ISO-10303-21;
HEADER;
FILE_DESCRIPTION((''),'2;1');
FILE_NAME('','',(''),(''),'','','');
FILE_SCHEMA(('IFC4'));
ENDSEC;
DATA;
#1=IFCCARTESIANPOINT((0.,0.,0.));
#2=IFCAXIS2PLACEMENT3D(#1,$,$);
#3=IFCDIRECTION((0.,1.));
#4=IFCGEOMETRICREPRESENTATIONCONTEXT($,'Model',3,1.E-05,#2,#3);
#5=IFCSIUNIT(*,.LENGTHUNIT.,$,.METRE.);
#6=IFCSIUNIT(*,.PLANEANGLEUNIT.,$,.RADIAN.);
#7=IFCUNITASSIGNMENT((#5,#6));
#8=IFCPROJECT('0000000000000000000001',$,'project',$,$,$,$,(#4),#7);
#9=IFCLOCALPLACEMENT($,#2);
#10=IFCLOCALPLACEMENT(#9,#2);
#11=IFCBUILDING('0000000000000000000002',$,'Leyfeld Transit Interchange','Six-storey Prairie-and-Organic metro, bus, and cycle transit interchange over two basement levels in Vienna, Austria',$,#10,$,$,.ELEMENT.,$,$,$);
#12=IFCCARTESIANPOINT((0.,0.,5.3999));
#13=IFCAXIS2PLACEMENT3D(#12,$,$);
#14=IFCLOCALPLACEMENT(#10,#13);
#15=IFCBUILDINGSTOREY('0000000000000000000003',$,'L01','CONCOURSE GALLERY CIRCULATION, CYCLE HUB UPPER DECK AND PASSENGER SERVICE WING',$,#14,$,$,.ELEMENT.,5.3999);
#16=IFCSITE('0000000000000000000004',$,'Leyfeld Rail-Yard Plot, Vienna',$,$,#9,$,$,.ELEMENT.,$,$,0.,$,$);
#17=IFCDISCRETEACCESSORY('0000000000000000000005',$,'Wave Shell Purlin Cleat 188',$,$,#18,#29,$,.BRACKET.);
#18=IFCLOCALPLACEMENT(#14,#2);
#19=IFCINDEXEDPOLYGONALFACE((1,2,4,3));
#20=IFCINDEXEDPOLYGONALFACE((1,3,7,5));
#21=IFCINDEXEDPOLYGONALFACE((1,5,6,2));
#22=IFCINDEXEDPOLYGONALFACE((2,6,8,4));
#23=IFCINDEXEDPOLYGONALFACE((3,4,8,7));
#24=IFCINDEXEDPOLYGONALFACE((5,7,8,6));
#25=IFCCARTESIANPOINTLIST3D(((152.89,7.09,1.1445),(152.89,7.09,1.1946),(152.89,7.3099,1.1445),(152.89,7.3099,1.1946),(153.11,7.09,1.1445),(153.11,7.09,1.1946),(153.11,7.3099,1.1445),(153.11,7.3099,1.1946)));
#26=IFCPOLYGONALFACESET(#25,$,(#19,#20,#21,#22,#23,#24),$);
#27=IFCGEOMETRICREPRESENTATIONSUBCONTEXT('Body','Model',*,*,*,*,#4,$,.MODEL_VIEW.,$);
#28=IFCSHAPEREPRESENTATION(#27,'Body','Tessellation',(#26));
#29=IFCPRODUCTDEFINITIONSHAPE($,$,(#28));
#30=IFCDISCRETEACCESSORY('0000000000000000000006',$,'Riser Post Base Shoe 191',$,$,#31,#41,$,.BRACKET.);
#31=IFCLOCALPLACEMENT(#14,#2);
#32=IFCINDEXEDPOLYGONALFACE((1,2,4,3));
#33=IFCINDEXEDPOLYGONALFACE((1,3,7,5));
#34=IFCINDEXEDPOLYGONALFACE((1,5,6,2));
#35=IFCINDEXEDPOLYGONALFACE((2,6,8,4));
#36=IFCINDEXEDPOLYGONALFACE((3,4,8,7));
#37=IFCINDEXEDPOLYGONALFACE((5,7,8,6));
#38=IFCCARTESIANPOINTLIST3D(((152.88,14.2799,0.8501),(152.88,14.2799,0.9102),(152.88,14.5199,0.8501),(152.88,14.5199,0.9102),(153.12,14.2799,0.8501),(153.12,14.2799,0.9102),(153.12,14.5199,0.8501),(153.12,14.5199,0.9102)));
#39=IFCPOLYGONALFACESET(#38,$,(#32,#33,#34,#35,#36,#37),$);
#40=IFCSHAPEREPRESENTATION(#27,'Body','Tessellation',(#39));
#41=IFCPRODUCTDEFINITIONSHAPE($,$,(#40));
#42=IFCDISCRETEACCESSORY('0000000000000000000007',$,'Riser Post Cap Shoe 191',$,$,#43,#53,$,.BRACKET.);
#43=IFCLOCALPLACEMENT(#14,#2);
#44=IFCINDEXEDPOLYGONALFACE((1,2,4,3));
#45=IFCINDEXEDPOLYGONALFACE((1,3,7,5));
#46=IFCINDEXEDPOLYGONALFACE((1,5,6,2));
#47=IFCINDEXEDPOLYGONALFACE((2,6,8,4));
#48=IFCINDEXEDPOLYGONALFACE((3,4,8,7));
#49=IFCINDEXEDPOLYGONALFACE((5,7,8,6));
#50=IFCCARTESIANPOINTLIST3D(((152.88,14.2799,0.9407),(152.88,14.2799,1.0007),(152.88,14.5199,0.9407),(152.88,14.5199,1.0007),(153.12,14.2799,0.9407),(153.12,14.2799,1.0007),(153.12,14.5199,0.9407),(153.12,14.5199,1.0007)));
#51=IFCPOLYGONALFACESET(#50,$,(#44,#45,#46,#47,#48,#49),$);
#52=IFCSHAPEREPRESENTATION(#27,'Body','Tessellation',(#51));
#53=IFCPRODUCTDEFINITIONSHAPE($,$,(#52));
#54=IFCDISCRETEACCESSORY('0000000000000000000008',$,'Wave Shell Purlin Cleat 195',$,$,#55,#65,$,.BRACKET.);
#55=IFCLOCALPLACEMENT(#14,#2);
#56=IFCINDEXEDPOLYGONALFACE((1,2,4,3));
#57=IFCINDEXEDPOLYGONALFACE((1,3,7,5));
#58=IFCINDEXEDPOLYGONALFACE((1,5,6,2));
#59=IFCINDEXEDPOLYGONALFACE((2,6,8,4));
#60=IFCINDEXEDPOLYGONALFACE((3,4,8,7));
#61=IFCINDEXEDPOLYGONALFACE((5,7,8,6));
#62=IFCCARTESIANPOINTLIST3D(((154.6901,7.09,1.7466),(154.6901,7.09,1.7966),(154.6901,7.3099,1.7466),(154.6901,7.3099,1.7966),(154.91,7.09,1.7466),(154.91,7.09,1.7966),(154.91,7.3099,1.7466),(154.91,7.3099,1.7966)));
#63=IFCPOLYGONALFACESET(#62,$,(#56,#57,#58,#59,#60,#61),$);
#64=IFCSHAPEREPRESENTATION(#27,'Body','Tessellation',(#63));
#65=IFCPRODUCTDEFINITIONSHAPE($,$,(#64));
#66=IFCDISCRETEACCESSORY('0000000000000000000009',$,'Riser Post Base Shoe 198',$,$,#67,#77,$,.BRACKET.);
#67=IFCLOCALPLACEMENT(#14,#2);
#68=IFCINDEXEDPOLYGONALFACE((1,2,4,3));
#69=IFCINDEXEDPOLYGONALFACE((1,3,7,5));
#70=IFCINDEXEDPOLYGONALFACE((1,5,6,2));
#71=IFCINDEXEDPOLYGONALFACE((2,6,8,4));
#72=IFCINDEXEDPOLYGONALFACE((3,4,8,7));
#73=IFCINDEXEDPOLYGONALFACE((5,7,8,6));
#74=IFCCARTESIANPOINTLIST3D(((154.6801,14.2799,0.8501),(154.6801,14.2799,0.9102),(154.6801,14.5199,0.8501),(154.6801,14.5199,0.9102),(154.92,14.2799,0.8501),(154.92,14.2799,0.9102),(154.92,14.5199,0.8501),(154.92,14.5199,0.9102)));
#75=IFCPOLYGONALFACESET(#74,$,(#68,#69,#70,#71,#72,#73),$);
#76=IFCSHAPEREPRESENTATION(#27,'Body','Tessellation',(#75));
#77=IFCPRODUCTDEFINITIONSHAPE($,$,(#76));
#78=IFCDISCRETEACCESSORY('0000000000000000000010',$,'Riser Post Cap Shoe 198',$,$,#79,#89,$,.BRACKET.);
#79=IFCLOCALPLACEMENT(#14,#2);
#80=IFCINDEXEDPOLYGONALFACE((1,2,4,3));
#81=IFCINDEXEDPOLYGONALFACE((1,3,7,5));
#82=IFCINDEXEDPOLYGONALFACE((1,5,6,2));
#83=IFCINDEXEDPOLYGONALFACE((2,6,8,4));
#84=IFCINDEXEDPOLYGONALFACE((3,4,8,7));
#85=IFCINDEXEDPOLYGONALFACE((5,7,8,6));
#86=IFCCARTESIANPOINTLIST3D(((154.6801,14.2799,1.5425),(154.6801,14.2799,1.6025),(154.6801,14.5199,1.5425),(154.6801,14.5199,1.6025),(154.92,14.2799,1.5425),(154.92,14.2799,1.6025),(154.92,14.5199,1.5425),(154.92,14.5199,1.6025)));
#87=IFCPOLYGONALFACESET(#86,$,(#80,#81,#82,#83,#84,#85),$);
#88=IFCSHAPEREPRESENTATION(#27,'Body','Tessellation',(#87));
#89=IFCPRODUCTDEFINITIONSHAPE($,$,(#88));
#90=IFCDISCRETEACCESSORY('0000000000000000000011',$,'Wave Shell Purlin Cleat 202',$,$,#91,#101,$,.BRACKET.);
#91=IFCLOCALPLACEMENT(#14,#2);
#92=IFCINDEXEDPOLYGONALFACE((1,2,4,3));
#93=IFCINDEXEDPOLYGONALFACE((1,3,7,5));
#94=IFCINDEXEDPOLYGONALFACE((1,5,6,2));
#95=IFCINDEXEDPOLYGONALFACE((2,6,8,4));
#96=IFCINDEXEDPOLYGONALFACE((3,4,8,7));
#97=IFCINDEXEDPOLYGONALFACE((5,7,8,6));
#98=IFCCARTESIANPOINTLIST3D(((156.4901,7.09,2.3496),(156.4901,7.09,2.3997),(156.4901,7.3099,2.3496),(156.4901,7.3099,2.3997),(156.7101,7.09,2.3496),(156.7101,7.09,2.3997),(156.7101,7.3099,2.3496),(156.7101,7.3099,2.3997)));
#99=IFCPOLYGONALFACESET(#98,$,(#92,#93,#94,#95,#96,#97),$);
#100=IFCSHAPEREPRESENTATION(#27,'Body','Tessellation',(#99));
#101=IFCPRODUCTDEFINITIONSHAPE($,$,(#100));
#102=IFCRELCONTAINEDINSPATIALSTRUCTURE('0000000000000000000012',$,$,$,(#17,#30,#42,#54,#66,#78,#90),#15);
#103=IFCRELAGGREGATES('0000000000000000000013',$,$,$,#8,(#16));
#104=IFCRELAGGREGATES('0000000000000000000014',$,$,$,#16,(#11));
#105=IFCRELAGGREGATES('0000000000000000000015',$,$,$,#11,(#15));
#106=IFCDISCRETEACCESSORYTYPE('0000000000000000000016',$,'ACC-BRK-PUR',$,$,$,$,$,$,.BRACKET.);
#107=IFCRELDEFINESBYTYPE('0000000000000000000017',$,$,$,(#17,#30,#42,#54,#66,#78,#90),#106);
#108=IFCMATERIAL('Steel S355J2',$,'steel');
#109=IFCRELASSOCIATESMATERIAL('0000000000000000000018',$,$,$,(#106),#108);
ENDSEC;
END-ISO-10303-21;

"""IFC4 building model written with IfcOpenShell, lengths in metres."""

from ifc_helpers import new_model, si_unit, direction, frame, origin, origin_2d, place, context, subcontext, project, spatial, rectangle, extrude, material, type_object, element, save


model = new_model("IFC4")

# Units and contexts
model_context = context("Model", 3, precision=1e-05, world=origin(), true_north=direction((0.0, 1.0)))
body_context = subcontext(model_context, "Body", "Model", "MODEL_VIEW")
ifc_project = project(units=[si_unit("LENGTHUNIT", "METRE"), si_unit("PLANEANGLEUNIT", "RADIAN")], contexts=[model_context])

# Site, building, storey
site_placement = place(None, origin())
site = spatial("IfcSite", under=ifc_project, at=site_placement, Name="Leyfeld Rail-Yard Plot, Vienna", CompositionType="ELEMENT", RefElevation=0.0)
building_placement = place(site_placement, origin())
building = spatial("IfcBuilding", under=site, at=building_placement, Name="Leyfeld Transit Interchange", Description="Six-storey Prairie-and-Organic metro, bus, and cycle transit interchange over two basement levels in Vienna, Austria", CompositionType="ELEMENT")
storey_placement = place(building_placement, frame((0.0, 0.0, 5.3999)))
storey = spatial("IfcBuildingStorey", under=building, at=storey_placement, Name="L01", Description="CONCOURSE GALLERY CIRCULATION, CYCLE HUB UPPER DECK AND PASSENGER SERVICE WING", CompositionType="ELEMENT", Elevation=5.3999)

# Shared definitions
ifc_material = material(Name="Steel S355J2", Category="steel")

# Discrete accessories
discrete_accessory_type = type_object("IfcDiscreteAccessoryType", Name="ACC-BRK-PUR", PredefinedType="BRACKET", material=ifc_material)
for number, where, z_axis, x_axis, name in (
    (1, (153.0, 7.2, 1.1445), (0.0, 0.0, 1.0), (1.0, 0.0, 0.0), "Wave Shell Purlin Cleat 188"),
):
    element("IfcDiscreteAccessory", number, at=place(storey_placement, frame(where, z_axis=z_axis, x_axis=x_axis)), inside=storey, type_object=discrete_accessory_type, Name=name, PredefinedType="BRACKET", context=body_context, shape_type="SweptSolid", body=[
        extrude(rectangle(XDim=0.22, YDim=0.22, at=origin_2d()), origin(), (0.0, 0.0, 1.0), 0.05),
    ])
for number, where, z_axis, x_axis, name in (
    (2, (153.0, 14.3999, 0.8501), (0.0, 0.0, 1.0), (1.0, 0.0, 0.0), "Riser Post Base Shoe 191"),
    (3, (153.0, 14.3999, 0.9407), (0.0, 0.0, 1.0), (1.0, 0.0, 0.0), "Riser Post Cap Shoe 191"),
):
    element("IfcDiscreteAccessory", number, at=place(storey_placement, frame(where, z_axis=z_axis, x_axis=x_axis)), inside=storey, type_object=discrete_accessory_type, Name=name, PredefinedType="BRACKET", context=body_context, shape_type="SweptSolid", body=[
        extrude(rectangle(XDim=0.24, YDim=0.24, at=origin_2d()), origin(), (0.0, 0.0, 1.0), 0.0601),
    ])
discrete_accessory_1_placement = place(storey_placement, frame((154.8, 7.2, 1.7466), z_axis=(0.0, 0.0, 1.0), x_axis=(1.0, 0.0, 0.0)))
element("IfcDiscreteAccessory", 4, at=discrete_accessory_1_placement, inside=storey, type_object=discrete_accessory_type, Name="Wave Shell Purlin Cleat 195", PredefinedType="BRACKET", context=body_context, shape_type="SweptSolid", body=[
    extrude(rectangle(XDim=0.22, YDim=0.22, at=origin_2d()), origin(), (0.0, 0.0, 1.0), 0.05),
])
for number, where, z_axis, x_axis, name in (
    (5, (154.8, 14.3999, 0.8501), (0.0, 0.0, 1.0), (1.0, 0.0, 0.0), "Riser Post Base Shoe 198"),
    (6, (154.8, 14.3999, 1.5425), (0.0, 0.0, 1.0), (1.0, 0.0, 0.0), "Riser Post Cap Shoe 198"),
):
    element("IfcDiscreteAccessory", number, at=place(storey_placement, frame(where, z_axis=z_axis, x_axis=x_axis)), inside=storey, type_object=discrete_accessory_type, Name=name, PredefinedType="BRACKET", context=body_context, shape_type="SweptSolid", body=[
        extrude(rectangle(XDim=0.24, YDim=0.24, at=origin_2d()), origin(), (0.0, 0.0, 1.0), 0.0601),
    ])
discrete_accessory_2_placement = place(storey_placement, frame((156.6001, 7.2, 2.3496), z_axis=(0.0, 0.0, 1.0), x_axis=(1.0, 0.0, 0.0)))
element("IfcDiscreteAccessory", 7, at=discrete_accessory_2_placement, inside=storey, type_object=discrete_accessory_type, Name="Wave Shell Purlin Cleat 202", PredefinedType="BRACKET", context=body_context, shape_type="SweptSolid", body=[
    extrude(rectangle(XDim=0.22, YDim=0.22, at=origin_2d()), origin(), (0.0, 0.0, 1.0), 0.05),
])

save(model, "model.ifc")
